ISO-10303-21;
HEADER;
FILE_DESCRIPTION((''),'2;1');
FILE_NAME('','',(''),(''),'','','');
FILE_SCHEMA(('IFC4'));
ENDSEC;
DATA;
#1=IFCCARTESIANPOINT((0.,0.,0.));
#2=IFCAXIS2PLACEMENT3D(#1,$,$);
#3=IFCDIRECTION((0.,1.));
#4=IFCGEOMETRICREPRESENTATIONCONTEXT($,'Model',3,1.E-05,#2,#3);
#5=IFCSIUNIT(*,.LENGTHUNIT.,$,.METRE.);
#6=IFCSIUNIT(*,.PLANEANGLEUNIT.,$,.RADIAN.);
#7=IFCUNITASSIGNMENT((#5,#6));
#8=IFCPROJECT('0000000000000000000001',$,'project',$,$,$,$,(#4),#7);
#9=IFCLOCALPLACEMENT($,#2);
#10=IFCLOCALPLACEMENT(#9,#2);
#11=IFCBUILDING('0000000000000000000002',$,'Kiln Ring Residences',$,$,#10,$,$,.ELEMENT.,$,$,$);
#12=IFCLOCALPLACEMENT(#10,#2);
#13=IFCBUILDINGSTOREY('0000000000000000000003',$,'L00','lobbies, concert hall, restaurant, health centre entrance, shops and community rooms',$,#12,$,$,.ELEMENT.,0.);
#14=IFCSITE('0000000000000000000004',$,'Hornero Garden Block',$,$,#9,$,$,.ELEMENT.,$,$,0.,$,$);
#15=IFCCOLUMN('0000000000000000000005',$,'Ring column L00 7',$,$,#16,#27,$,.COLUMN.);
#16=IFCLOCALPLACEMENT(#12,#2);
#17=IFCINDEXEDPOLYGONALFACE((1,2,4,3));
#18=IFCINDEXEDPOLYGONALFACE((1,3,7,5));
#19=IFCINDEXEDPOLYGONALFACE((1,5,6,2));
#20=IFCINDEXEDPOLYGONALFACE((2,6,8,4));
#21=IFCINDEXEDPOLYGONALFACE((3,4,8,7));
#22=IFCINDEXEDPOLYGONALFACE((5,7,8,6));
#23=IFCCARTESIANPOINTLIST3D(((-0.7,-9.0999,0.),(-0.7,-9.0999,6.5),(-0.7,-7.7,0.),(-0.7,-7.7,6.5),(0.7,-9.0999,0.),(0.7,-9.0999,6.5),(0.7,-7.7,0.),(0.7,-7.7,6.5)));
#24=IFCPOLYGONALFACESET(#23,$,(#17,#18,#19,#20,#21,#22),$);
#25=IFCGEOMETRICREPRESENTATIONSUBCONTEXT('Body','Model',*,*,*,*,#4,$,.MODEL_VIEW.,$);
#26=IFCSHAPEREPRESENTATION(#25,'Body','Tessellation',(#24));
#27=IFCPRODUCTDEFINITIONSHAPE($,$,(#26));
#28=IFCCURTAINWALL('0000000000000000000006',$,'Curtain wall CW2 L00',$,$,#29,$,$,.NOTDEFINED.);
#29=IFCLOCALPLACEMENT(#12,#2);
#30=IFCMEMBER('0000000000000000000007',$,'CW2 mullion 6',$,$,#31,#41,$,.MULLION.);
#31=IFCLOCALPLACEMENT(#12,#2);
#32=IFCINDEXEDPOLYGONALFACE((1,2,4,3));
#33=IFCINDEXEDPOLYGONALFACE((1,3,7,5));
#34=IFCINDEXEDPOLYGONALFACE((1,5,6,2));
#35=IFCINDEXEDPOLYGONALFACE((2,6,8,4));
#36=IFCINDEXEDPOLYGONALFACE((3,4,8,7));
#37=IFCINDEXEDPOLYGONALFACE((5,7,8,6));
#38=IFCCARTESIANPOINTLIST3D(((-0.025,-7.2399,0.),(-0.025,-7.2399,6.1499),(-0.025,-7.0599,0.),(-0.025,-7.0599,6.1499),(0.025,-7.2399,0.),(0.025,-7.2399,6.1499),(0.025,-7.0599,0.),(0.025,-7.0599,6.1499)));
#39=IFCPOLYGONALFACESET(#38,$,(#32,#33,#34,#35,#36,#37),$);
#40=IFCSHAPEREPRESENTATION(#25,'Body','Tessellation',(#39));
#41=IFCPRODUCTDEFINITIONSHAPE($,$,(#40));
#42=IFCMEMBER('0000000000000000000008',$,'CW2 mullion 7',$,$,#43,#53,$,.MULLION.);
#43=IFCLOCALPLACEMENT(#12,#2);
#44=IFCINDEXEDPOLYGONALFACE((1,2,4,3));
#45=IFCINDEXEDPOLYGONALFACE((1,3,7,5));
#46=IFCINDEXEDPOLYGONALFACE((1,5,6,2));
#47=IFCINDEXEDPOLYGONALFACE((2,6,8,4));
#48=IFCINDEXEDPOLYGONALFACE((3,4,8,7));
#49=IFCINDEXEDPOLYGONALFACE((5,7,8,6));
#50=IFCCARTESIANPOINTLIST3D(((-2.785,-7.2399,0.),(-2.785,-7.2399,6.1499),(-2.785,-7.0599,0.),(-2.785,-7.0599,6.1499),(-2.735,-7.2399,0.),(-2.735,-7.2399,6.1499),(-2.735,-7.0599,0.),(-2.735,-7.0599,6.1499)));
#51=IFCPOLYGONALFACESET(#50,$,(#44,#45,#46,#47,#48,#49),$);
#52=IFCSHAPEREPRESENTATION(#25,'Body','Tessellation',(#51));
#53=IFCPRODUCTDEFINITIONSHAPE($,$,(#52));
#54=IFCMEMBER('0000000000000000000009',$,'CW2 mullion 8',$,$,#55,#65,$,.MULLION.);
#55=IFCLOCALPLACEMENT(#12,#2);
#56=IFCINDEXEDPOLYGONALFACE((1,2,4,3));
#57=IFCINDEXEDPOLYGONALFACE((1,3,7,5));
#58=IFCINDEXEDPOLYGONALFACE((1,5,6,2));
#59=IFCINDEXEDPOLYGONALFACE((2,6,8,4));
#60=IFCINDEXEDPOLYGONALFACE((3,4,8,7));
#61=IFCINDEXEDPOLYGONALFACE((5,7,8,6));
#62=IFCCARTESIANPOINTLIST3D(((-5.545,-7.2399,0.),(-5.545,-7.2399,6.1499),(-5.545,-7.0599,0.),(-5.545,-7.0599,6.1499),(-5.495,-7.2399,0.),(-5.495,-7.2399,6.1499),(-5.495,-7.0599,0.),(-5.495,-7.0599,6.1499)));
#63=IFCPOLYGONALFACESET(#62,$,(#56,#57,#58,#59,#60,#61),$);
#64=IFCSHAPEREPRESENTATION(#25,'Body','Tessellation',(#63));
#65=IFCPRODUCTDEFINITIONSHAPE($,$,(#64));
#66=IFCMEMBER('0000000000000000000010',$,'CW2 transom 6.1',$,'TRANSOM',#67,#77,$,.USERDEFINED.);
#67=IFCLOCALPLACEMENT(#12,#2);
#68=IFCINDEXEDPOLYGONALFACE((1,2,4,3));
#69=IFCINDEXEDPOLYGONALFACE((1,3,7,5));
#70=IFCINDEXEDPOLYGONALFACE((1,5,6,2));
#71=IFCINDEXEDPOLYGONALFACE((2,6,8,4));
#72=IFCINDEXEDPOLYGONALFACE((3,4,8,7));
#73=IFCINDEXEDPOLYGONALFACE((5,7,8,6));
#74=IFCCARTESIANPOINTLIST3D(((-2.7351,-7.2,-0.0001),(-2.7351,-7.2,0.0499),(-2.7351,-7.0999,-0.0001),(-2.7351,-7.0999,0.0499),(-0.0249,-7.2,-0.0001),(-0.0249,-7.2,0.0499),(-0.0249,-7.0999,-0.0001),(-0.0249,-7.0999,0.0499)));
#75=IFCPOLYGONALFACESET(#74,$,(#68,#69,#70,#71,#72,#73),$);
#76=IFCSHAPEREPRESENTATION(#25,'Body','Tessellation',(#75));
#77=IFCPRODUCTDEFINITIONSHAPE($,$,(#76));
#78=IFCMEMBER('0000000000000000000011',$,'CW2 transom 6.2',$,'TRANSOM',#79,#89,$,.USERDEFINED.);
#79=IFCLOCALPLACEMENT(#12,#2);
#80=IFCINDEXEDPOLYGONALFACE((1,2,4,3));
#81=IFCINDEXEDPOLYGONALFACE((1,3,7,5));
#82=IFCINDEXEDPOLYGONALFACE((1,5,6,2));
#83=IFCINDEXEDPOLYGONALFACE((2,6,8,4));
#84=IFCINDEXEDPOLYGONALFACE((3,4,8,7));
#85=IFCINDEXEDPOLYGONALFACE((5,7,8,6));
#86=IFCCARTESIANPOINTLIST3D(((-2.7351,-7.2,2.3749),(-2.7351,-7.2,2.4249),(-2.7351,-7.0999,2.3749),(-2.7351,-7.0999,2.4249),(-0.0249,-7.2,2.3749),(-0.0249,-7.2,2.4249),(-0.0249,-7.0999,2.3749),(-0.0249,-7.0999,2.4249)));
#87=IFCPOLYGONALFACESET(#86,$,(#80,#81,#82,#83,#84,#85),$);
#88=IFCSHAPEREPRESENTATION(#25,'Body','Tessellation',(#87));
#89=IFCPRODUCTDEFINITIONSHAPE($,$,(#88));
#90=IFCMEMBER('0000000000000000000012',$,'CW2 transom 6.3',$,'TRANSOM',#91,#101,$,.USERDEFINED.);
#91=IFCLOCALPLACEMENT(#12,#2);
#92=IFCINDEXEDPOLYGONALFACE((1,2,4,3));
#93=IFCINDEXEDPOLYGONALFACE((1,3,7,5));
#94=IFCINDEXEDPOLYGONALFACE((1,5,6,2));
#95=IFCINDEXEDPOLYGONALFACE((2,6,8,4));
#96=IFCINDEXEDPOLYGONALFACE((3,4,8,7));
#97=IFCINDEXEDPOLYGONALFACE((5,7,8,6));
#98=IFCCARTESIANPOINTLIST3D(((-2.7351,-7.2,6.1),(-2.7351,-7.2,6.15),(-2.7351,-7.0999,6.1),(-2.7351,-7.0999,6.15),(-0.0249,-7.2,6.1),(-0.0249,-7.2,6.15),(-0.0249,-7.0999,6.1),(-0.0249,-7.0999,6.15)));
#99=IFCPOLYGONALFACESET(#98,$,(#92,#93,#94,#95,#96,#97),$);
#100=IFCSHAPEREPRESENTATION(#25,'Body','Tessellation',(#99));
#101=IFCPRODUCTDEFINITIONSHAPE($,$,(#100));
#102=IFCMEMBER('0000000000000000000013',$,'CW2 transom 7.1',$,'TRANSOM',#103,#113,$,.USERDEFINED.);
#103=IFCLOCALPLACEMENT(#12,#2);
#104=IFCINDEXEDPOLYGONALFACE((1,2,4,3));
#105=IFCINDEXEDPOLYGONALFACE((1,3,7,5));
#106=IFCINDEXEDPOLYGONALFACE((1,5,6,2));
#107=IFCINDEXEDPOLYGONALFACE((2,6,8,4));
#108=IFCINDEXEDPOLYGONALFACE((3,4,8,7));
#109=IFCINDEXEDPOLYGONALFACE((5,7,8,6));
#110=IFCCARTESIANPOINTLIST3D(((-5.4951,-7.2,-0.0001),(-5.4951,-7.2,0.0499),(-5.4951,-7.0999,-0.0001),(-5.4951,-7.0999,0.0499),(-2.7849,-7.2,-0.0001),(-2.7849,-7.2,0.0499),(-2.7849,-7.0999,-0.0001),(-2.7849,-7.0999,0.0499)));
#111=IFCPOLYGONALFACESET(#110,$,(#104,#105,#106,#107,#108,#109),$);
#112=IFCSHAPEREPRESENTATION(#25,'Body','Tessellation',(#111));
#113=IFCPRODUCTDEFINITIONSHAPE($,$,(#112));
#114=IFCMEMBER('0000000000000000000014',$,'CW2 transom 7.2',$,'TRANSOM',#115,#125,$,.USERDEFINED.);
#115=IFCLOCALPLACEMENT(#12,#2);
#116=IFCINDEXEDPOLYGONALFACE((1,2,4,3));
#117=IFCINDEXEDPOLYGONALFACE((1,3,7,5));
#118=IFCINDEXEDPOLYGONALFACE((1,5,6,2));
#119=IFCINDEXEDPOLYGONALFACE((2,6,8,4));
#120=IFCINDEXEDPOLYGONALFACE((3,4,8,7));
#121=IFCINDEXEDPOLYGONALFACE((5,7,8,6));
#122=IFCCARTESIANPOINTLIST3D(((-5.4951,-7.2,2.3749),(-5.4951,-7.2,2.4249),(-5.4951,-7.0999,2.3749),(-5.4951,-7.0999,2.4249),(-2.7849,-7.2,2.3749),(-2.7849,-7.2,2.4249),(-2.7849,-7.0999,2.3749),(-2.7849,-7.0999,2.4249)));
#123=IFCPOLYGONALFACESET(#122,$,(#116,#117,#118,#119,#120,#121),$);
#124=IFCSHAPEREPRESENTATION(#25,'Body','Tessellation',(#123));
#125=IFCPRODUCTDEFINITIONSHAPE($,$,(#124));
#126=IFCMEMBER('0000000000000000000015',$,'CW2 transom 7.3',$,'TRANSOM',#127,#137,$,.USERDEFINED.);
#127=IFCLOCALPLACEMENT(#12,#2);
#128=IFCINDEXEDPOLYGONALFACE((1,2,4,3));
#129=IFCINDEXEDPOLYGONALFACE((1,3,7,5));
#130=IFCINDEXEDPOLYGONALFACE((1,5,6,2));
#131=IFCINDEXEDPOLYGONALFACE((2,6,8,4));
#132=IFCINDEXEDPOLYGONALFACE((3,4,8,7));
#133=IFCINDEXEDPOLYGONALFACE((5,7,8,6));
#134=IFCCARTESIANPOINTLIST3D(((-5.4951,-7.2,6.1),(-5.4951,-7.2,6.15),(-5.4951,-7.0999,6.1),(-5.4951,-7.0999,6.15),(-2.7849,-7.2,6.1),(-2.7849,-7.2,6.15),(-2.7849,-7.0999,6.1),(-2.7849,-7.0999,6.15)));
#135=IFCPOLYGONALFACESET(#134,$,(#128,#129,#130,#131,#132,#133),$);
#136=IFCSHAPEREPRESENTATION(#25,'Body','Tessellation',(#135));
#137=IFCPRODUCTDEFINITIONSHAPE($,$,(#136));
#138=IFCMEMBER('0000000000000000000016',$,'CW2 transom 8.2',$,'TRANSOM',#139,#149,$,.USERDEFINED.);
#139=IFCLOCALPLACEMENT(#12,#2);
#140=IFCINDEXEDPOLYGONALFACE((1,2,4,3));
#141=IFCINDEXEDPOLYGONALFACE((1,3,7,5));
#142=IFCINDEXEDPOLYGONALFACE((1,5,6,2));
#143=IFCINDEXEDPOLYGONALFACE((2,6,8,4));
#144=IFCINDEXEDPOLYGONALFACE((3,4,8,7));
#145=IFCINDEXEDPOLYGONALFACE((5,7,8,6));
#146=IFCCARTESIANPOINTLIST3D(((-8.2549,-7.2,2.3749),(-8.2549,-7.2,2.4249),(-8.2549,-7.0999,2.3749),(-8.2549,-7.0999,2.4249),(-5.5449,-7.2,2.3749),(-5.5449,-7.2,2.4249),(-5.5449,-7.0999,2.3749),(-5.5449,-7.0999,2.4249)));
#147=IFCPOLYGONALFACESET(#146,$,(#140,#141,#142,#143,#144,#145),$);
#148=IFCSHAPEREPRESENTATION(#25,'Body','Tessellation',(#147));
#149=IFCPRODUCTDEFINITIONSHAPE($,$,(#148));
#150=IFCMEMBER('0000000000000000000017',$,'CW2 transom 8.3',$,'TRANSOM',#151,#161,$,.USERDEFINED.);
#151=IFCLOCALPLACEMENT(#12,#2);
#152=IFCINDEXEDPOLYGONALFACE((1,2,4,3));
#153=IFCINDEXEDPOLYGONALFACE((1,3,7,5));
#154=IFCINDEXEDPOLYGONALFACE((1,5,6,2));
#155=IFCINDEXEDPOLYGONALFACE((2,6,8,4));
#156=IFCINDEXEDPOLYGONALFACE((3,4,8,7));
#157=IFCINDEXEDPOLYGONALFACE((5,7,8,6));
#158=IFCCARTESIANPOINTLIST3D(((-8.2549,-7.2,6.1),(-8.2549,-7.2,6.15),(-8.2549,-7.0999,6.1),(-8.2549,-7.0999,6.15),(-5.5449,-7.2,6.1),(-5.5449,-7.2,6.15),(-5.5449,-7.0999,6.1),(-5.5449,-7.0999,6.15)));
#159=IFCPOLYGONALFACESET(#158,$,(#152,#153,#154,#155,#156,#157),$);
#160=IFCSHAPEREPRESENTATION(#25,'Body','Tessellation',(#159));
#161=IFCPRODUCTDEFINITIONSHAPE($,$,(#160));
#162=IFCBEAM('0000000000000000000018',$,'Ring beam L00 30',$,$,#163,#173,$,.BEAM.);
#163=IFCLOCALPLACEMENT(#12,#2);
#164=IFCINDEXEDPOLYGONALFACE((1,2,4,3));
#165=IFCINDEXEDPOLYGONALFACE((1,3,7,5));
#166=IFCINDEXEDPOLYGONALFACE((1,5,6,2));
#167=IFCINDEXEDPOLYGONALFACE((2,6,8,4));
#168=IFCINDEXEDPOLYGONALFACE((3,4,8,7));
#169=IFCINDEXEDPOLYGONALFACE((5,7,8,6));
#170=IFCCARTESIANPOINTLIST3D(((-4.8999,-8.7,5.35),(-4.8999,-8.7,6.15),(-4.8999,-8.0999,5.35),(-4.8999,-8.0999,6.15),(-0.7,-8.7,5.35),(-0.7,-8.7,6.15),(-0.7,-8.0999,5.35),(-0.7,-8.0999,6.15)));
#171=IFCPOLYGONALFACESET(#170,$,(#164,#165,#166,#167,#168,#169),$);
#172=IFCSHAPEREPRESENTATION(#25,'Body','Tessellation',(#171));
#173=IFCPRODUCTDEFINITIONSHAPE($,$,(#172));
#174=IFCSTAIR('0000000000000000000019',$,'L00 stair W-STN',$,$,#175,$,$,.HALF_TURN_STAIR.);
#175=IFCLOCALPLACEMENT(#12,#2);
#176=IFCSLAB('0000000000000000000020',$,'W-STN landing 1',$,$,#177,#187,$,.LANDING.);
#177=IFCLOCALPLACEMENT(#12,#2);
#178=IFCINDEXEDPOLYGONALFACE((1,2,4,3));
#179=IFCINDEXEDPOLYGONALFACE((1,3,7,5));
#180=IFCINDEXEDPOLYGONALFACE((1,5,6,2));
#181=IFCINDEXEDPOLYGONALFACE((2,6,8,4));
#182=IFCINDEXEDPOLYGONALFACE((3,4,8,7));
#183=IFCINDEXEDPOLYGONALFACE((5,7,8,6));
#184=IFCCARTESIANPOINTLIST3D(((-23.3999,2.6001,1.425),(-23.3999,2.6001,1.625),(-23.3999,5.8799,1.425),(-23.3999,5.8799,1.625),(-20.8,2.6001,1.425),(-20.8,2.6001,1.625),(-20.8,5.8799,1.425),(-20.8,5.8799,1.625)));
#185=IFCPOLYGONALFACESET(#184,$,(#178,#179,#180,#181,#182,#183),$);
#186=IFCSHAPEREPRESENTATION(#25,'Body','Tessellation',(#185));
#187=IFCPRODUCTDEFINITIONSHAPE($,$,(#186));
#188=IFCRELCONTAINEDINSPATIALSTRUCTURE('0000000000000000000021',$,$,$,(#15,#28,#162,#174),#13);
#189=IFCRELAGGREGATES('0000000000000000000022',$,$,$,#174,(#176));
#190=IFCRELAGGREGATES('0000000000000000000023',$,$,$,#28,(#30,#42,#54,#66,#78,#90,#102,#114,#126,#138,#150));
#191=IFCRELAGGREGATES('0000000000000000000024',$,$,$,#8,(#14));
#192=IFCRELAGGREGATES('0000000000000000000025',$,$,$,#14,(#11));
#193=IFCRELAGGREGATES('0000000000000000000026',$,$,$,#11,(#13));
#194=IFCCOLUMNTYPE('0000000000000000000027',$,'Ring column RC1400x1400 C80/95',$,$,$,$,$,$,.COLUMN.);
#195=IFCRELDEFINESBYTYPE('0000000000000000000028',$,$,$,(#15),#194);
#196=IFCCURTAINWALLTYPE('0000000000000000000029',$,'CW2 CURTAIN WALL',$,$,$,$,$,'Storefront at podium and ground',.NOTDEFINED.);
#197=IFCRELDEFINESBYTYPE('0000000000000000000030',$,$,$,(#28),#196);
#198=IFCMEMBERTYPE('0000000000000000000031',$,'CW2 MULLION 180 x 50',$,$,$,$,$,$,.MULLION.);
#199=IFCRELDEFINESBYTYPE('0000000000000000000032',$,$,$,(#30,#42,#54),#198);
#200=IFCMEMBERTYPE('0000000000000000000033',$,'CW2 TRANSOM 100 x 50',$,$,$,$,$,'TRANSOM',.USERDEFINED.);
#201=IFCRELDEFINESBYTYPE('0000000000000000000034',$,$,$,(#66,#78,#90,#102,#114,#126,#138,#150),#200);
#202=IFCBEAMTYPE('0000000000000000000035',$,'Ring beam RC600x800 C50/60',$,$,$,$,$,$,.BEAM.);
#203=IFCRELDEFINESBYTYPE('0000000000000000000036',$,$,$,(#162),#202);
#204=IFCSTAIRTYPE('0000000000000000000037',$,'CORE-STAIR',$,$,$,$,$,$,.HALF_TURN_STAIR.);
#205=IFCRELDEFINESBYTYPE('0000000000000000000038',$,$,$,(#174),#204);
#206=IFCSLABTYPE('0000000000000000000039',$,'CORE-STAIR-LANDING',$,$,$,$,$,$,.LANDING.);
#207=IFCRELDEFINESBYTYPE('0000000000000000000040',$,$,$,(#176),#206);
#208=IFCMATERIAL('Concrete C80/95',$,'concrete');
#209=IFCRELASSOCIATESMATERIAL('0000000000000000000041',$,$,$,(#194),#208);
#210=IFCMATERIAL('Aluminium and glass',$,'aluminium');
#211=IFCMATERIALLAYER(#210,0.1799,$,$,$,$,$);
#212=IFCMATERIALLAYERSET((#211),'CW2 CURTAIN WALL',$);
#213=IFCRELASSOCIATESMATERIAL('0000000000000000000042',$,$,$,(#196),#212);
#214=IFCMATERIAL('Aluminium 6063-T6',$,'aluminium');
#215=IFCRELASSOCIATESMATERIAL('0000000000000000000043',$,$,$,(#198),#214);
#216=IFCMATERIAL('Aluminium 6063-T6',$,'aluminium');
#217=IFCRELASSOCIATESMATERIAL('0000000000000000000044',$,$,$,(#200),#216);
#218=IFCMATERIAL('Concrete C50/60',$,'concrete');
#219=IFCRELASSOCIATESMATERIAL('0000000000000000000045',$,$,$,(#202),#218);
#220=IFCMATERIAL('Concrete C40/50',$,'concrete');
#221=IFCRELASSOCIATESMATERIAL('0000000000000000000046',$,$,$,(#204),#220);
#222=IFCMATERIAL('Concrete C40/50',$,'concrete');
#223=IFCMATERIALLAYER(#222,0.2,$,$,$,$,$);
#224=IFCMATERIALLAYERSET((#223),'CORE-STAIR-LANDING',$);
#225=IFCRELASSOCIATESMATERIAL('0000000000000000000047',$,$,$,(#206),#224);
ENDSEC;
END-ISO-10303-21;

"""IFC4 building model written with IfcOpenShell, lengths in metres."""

from ifc_helpers import new_model, si_unit, direction, frame, origin, origin_2d, place, context, subcontext, project, spatial, polyline, rectangle, outline, extrude, material, layer, layer_set, material_profile, profile_set, type_object, element, aggregate, save


model = new_model("IFC4")

# Units and contexts
model_context = context("Model", 3, precision=1e-05, world=origin(), true_north=direction((0.0, 1.0)))
body_context = subcontext(model_context, "Body", "Model", "MODEL_VIEW")
ifc_project = project(units=[si_unit("LENGTHUNIT", "METRE"), si_unit("PLANEANGLEUNIT", "RADIAN")], contexts=[model_context])

# Site, building, storey
site_placement = place(None, origin())
site = spatial("IfcSite", under=ifc_project, at=site_placement, Name="Hornero Garden Block", CompositionType="ELEMENT", RefElevation=0.0)
building_placement = place(site_placement, origin())
building = spatial("IfcBuilding", under=site, at=building_placement, Name="Kiln Ring Residences", CompositionType="ELEMENT")
storey_placement = place(building_placement, origin())
storey = spatial("IfcBuildingStorey", under=building, at=storey_placement, Name="L00", Description="lobbies, concert hall, restaurant, health centre entrance, shops and community rooms", CompositionType="ELEMENT", Elevation=0.0)

# Column
ifc_material_1 = material(Name="Concrete C80/95", Category="concrete")
ifc_material_profile_1 = material_profile(ifc_material_1, rectangle(XDim=1.3999, YDim=1.3999, at=origin_2d()), Name="RC1400x1400")
ifc_profile_set_1 = profile_set([ifc_material_profile_1], Name="Concrete C80/95")
column_type = type_object("IfcColumnType", Name="Ring column RC1400x1400 C80/95", PredefinedType="COLUMN", material=ifc_profile_set_1)
column_placement = place(storey_placement, frame((0.0, -8.3999, 0.0), z_axis=(0.0, 0.0, 1.0), x_axis=(1.0, 0.0, 0.0)))
element("IfcColumn", 1, at=column_placement, inside=storey, type_object=column_type, Name="Ring column L00 7", PredefinedType="COLUMN", context=body_context, shape_type="SweptSolid", body=[
    extrude(rectangle(XDim=1.3999, YDim=1.3999, at=origin_2d()), origin(), (0.0, 0.0, 1.0), 6.5),
])

# Curtain wall, members
ifc_material_2 = material(Name="Aluminium and glass", Category="aluminium")
ifc_layer_1 = layer(ifc_material_2, 0.1799)
ifc_layer_set_1 = layer_set([ifc_layer_1], Name="CW2 CURTAIN WALL")
curtain_wall_type = type_object("IfcCurtainWallType", Name="CW2 CURTAIN WALL", ElementType="Storefront at podium and ground", PredefinedType="NOTDEFINED", material=ifc_layer_set_1)
placement_1 = place(storey_placement, origin())
curtain_wall = element("IfcCurtainWall", 2, at=placement_1, inside=storey, type_object=curtain_wall_type, Name="Curtain wall CW2 L00", PredefinedType="NOTDEFINED")
ifc_material_3 = material(Name="Aluminium 6063-T6", Category="aluminium")
ifc_material_profile_2 = material_profile(ifc_material_3, rectangle(XDim=0.1799, YDim=0.05, at=origin_2d()), Name="AL 180x50")
ifc_profile_set_2 = profile_set([ifc_material_profile_2], Name="Aluminium 6063-T6")
member_type_1 = type_object("IfcMemberType", Name="CW2 MULLION 180 x 50", PredefinedType="MULLION", material=ifc_profile_set_2)
member_1_placement = place(storey_placement, frame((0.0, -7.1499, 0.0), z_axis=(0.0, 0.0, 1.0), x_axis=(0.0, -1.0, 0.0)))
member_1 = element("IfcMember", 3, at=member_1_placement, type_object=member_type_1, Name="CW2 mullion 6", PredefinedType="MULLION", context=body_context, shape_type="SweptSolid", body=[
    extrude(rectangle(XDim=0.1799, YDim=0.05, at=origin_2d()), origin(), (0.0, 0.0, 1.0), 6.1499),
])
member_2_placement = place(storey_placement, frame((-2.76, -7.1499, 0.0), z_axis=(0.0, 0.0, 1.0), x_axis=(0.0, -1.0, 0.0)))
member_2 = element("IfcMember", 4, at=member_2_placement, type_object=member_type_1, Name="CW2 mullion 7", PredefinedType="MULLION", context=body_context, shape_type="SweptSolid", body=[
    extrude(rectangle(XDim=0.1799, YDim=0.05, at=origin_2d()), origin(), (0.0, 0.0, 1.0), 6.1499),
])
member_3_placement = place(storey_placement, frame((-5.52, -7.1499, 0.0), z_axis=(0.0, 0.0, 1.0), x_axis=(0.0, -1.0, 0.0)))
member_3 = element("IfcMember", 5, at=member_3_placement, type_object=member_type_1, Name="CW2 mullion 8", PredefinedType="MULLION", context=body_context, shape_type="SweptSolid", body=[
    extrude(rectangle(XDim=0.1799, YDim=0.05, at=origin_2d()), origin(), (0.0, 0.0, 1.0), 6.1499),
])
ifc_material_4 = material(Name="Aluminium 6063-T6", Category="aluminium")
ifc_material_profile_3 = material_profile(ifc_material_4, rectangle(XDim=0.1001, YDim=0.05, at=origin_2d()), Name="AL 100x50")
ifc_profile_set_3 = profile_set([ifc_material_profile_3], Name="Aluminium 6063-T6")
member_type_2 = type_object("IfcMemberType", Name="CW2 TRANSOM 100 x 50", ElementType="TRANSOM", PredefinedType="USERDEFINED", material=ifc_profile_set_3)
member_4_placement = place(storey_placement, frame((-0.0249, -7.1499, 0.0249), z_axis=(-1.0, 0.0, 0.0), x_axis=(0.0, -1.0, 0.0)))
member_4 = element("IfcMember", 6, at=member_4_placement, type_object=member_type_2, Name="CW2 transom 6.1", ObjectType="TRANSOM", PredefinedType="USERDEFINED", context=body_context, shape_type="SweptSolid", body=[
    extrude(rectangle(XDim=0.1001, YDim=0.05, at=origin_2d()), origin(), (0.0, 0.0, 1.0), 2.7102),
])
member_5_placement = place(storey_placement, frame((-0.0249, -7.1499, 2.3999), z_axis=(-1.0, 0.0, 0.0), x_axis=(0.0, -1.0, 0.0)))
member_5 = element("IfcMember", 7, at=member_5_placement, type_object=member_type_2, Name="CW2 transom 6.2", ObjectType="TRANSOM", PredefinedType="USERDEFINED", context=body_context, shape_type="SweptSolid", body=[
    extrude(rectangle(XDim=0.1001, YDim=0.05, at=origin_2d()), origin(), (0.0, 0.0, 1.0), 2.7102),
])
member_6_placement = place(storey_placement, frame((-0.0249, -7.1499, 6.125), z_axis=(-1.0, 0.0, 0.0), x_axis=(0.0, -1.0, 0.0)))
member_6 = element("IfcMember", 8, at=member_6_placement, type_object=member_type_2, Name="CW2 transom 6.3", ObjectType="TRANSOM", PredefinedType="USERDEFINED", context=body_context, shape_type="SweptSolid", body=[
    extrude(rectangle(XDim=0.1001, YDim=0.05, at=origin_2d()), origin(), (0.0, 0.0, 1.0), 2.7102),
])
member_7_placement = place(storey_placement, frame((-2.7849, -7.1499, 0.0249), z_axis=(-1.0, 0.0, 0.0), x_axis=(0.0, -1.0, 0.0)))
member_7 = element("IfcMember", 9, at=member_7_placement, type_object=member_type_2, Name="CW2 transom 7.1", ObjectType="TRANSOM", PredefinedType="USERDEFINED", context=body_context, shape_type="SweptSolid", body=[
    extrude(rectangle(XDim=0.1001, YDim=0.05, at=origin_2d()), origin(), (0.0, 0.0, 1.0), 2.7102),
])
member_8_placement = place(storey_placement, frame((-2.7849, -7.1499, 2.3999), z_axis=(-1.0, 0.0, 0.0), x_axis=(0.0, -1.0, 0.0)))
member_8 = element("IfcMember", 10, at=member_8_placement, type_object=member_type_2, Name="CW2 transom 7.2", ObjectType="TRANSOM", PredefinedType="USERDEFINED", context=body_context, shape_type="SweptSolid", body=[
    extrude(rectangle(XDim=0.1001, YDim=0.05, at=origin_2d()), origin(), (0.0, 0.0, 1.0), 2.7102),
])
member_9_placement = place(storey_placement, frame((-2.7849, -7.1499, 6.125), z_axis=(-1.0, 0.0, 0.0), x_axis=(0.0, -1.0, 0.0)))
member_9 = element("IfcMember", 11, at=member_9_placement, type_object=member_type_2, Name="CW2 transom 7.3", ObjectType="TRANSOM", PredefinedType="USERDEFINED", context=body_context, shape_type="SweptSolid", body=[
    extrude(rectangle(XDim=0.1001, YDim=0.05, at=origin_2d()), origin(), (0.0, 0.0, 1.0), 2.7102),
])
member_10_placement = place(storey_placement, frame((-5.5449, -7.1499, 2.3999), z_axis=(-1.0, 0.0, 0.0), x_axis=(0.0, -1.0, 0.0)))
member_10 = element("IfcMember", 12, at=member_10_placement, type_object=member_type_2, Name="CW2 transom 8.2", ObjectType="TRANSOM", PredefinedType="USERDEFINED", context=body_context, shape_type="SweptSolid", body=[
    extrude(rectangle(XDim=0.1001, YDim=0.05, at=origin_2d()), origin(), (0.0, 0.0, 1.0), 2.71),
])
member_11_placement = place(storey_placement, frame((-5.5449, -7.1499, 6.125), z_axis=(-1.0, 0.0, 0.0), x_axis=(0.0, -1.0, 0.0)))
member_11 = element("IfcMember", 13, at=member_11_placement, type_object=member_type_2, Name="CW2 transom 8.3", ObjectType="TRANSOM", PredefinedType="USERDEFINED", context=body_context, shape_type="SweptSolid", body=[
    extrude(rectangle(XDim=0.1001, YDim=0.05, at=origin_2d()), origin(), (0.0, 0.0, 1.0), 2.71),
])

# Beam
ifc_material_5 = material(Name="Concrete C50/60", Category="concrete")
ifc_material_profile_4 = material_profile(ifc_material_5, rectangle(XDim=0.6001, YDim=0.8, at=origin_2d()), Name="RC600x800")
ifc_profile_set_4 = profile_set([ifc_material_profile_4], Name="Concrete C50/60")
beam_type = type_object("IfcBeamType", Name="Ring beam RC600x800 C50/60", PredefinedType="BEAM", material=ifc_profile_set_4)
beam_placement = place(storey_placement, frame((-4.8999, -8.3999, 5.75), z_axis=(1.0, 0.0, 0.0), x_axis=(0.0, 1.0, 0.0)))
element("IfcBeam", 14, at=beam_placement, inside=storey, type_object=beam_type, Name="Ring beam L00 30", PredefinedType="BEAM", context=body_context, shape_type="SweptSolid", body=[
    extrude(rectangle(XDim=0.6001, YDim=0.8, at=origin_2d()), origin(), (0.0, 0.0, 1.0), 4.2),
])

# Stair, slab
ifc_material_6 = material(Name="Concrete C40/50", Category="concrete")
stair_type = type_object("IfcStairType", Name="CORE-STAIR", PredefinedType="HALF_TURN_STAIR", material=ifc_material_6)
stair = element("IfcStair", 15, at=placement_1, inside=storey, type_object=stair_type, Name="L00 stair W-STN", PredefinedType="HALF_TURN_STAIR")
ifc_material_7 = material(Name="Concrete C40/50", Category="concrete")
ifc_layer_2 = layer(ifc_material_7, 0.2)
ifc_layer_set_2 = layer_set([ifc_layer_2], Name="CORE-STAIR-LANDING")
slab_type_1 = type_object("IfcSlabType", Name="CORE-STAIR-LANDING", PredefinedType="LANDING", material=ifc_layer_set_2)
slab_1_placement = place(storey_placement, frame((0.0, 0.0, 1.425)))
slab_1 = element("IfcSlab", 16, at=slab_1_placement, type_object=slab_type_1, Name="W-STN landing 1", PredefinedType="LANDING", context=body_context, shape_type="SweptSolid", body=[
    extrude(outline(polyline([(-23.3999, 5.8799), (-23.3999, 2.6001), (-20.8, 2.6001), (-20.8, 5.8799), (-23.3999, 5.8799)])), origin(), (0.0, 0.0, 1.0), 0.2),
])
aggregate(stair, [slab_1])

aggregate(curtain_wall, [member_1, member_2, member_3, member_4, member_5, member_6, member_7, member_8, member_9, member_10, member_11])

save(model, "model.ifc")
